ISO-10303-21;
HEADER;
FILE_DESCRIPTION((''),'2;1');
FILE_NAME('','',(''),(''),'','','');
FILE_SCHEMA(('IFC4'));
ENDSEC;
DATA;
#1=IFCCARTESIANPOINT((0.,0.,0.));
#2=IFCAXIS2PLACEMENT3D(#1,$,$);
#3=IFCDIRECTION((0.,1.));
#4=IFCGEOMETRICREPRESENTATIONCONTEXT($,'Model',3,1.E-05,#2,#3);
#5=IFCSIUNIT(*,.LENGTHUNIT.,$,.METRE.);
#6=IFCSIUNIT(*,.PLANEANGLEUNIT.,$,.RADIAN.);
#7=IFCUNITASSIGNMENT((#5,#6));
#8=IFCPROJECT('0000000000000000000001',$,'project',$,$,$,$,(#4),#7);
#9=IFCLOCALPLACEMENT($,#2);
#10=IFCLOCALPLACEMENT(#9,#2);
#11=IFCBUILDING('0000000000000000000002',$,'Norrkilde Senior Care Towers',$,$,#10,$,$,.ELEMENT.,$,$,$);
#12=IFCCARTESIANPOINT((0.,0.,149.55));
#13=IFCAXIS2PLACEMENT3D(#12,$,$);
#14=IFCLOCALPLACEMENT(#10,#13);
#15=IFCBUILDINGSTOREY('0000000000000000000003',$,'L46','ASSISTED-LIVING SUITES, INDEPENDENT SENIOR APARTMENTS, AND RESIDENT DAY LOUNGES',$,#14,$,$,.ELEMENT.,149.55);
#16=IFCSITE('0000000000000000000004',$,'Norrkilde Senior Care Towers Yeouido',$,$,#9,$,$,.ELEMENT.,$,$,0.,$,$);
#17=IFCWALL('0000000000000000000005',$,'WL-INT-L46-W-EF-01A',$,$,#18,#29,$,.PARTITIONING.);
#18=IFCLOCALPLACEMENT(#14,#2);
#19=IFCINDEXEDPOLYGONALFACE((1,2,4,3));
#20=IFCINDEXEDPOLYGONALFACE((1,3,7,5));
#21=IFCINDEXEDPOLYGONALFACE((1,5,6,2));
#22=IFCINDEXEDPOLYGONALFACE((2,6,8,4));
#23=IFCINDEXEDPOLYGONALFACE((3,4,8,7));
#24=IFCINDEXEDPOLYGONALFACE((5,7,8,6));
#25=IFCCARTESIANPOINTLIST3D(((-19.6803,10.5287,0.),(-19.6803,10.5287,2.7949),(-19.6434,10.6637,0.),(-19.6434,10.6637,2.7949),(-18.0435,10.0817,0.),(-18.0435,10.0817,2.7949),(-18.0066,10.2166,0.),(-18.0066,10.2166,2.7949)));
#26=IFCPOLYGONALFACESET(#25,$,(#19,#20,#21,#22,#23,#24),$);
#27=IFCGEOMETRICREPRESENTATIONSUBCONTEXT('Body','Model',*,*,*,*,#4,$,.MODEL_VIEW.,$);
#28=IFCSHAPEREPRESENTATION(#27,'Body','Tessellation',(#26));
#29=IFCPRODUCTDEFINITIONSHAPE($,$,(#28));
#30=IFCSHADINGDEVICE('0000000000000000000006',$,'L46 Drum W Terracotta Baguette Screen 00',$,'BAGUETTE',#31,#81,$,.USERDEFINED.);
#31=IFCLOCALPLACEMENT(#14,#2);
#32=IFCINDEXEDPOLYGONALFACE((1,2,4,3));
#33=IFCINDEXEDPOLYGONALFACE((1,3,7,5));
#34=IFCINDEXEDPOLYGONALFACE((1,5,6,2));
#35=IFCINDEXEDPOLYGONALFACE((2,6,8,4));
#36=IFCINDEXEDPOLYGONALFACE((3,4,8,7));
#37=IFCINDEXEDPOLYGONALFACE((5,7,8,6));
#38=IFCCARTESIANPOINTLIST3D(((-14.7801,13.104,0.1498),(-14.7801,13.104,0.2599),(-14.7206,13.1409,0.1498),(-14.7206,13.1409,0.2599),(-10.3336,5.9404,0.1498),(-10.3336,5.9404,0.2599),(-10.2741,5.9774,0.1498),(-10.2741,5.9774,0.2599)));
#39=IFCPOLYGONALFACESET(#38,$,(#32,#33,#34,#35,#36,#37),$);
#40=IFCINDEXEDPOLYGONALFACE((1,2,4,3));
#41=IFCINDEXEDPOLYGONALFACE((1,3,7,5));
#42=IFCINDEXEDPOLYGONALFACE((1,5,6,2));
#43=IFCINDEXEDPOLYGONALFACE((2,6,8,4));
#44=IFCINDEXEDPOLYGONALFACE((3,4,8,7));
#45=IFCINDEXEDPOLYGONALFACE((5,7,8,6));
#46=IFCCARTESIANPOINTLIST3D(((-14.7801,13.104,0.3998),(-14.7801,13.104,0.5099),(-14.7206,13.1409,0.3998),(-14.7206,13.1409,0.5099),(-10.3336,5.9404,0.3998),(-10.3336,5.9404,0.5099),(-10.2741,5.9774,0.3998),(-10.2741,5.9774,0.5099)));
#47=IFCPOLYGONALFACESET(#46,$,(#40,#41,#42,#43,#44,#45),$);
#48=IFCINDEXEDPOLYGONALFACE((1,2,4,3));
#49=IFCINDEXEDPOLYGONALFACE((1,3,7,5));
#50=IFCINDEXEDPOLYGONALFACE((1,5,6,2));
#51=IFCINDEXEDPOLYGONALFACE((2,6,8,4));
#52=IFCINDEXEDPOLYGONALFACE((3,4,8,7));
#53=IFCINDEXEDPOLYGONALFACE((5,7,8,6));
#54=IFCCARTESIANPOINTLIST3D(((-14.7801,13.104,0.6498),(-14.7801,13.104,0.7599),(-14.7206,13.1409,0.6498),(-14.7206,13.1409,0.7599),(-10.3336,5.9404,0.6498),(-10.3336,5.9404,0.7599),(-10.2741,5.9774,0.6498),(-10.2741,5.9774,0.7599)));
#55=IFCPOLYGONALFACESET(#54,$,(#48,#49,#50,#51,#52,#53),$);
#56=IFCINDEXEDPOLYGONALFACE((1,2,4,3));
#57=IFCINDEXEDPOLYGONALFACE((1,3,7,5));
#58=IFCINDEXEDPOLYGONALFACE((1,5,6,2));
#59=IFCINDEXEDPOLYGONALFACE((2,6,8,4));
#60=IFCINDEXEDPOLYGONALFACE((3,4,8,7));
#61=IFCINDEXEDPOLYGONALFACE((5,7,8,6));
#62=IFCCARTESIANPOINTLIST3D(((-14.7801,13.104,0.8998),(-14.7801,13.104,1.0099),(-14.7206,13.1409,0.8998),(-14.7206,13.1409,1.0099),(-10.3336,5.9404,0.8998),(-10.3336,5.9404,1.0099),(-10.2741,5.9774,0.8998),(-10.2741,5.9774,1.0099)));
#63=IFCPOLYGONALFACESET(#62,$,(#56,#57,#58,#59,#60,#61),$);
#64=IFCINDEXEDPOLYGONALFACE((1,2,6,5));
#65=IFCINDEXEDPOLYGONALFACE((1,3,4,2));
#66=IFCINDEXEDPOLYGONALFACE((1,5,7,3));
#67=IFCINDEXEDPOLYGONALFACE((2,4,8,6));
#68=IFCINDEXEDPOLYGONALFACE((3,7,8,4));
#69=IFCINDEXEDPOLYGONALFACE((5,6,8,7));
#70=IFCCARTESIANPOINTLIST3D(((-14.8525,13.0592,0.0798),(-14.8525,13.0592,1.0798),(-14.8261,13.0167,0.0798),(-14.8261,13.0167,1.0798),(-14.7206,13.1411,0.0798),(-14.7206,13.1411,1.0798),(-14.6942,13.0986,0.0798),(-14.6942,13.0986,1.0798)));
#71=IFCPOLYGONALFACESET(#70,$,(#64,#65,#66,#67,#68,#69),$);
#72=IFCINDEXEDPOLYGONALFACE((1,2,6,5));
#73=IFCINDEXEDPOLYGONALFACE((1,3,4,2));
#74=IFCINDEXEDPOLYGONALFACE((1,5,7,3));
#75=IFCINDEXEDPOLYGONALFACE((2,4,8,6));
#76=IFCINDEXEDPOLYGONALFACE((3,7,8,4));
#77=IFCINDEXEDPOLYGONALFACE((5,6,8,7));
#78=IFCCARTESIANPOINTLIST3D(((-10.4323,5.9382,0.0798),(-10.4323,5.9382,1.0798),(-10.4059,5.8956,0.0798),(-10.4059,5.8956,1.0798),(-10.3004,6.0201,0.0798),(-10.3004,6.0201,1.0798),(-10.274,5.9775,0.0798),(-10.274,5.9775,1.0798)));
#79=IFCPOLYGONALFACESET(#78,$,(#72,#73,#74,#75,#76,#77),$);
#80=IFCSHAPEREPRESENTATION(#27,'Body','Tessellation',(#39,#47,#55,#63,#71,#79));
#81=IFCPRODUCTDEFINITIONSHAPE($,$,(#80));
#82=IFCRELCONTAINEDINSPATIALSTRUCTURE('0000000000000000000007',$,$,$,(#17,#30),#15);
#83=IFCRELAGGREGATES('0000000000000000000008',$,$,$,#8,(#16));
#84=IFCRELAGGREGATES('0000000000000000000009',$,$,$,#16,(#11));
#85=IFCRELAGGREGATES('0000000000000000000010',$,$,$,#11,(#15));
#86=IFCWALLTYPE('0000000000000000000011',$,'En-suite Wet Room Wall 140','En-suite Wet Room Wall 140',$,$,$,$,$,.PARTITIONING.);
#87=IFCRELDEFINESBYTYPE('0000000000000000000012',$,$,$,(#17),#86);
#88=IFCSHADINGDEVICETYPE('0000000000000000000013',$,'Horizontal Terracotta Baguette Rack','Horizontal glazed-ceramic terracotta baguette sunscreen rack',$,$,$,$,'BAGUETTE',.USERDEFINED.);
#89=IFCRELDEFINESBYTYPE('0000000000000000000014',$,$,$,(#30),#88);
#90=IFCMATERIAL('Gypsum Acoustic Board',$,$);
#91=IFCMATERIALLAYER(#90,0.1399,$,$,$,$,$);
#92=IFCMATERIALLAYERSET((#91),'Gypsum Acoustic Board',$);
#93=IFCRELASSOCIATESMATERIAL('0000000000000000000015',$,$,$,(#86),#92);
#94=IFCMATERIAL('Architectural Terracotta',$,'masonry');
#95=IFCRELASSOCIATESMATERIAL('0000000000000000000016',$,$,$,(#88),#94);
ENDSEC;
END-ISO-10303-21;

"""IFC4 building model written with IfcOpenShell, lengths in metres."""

from ifc_helpers import new_model, si_unit, direction, frame, frame_2d, origin, origin_2d, place, context, subcontext, project, spatial, rectangle, extrude, source, transform, mapped, material, layer, layer_set, type_object, type_shapes, element, save


model = new_model("IFC4")

# Units and contexts
model_context = context("Model", 3, precision=1e-05, world=origin(), true_north=direction((0.0, 1.0)))
body_context = subcontext(model_context, "Body", "Model", "MODEL_VIEW")
ifc_project = project(units=[si_unit("LENGTHUNIT", "METRE"), si_unit("PLANEANGLEUNIT", "RADIAN")], contexts=[model_context])

# Site, building, storey
site_placement = place(None, origin())
site = spatial("IfcSite", under=ifc_project, at=site_placement, Name="Norrkilde Senior Care Towers Yeouido", CompositionType="ELEMENT", RefElevation=0.0)
building_placement = place(site_placement, origin())
building = spatial("IfcBuilding", under=site, at=building_placement, Name="Norrkilde Senior Care Towers", CompositionType="ELEMENT")
storey_placement = place(building_placement, frame((0.0, 0.0, 149.55)))
storey = spatial("IfcBuildingStorey", under=building, at=storey_placement, Name="L46", Description="ASSISTED-LIVING SUITES, INDEPENDENT SENIOR APARTMENTS, AND RESIDENT DAY LOUNGES", CompositionType="ELEMENT", Elevation=149.55)

# Shared definitions
ifc_material_1 = material(Name="Gypsum Acoustic Board")

# Shared definitions
ifc_layer_1 = layer(ifc_material_1, 0.1399)
ifc_layer_set_1 = layer_set([ifc_layer_1], Name="Gypsum Acoustic Board")
wall_type_1 = type_object("IfcWallType", Name="En-suite Wet Room Wall 140", Description="En-suite Wet Room Wall 140", PredefinedType="PARTITIONING", material=ifc_layer_set_1)

# Wall
shared_shape_1 = source(origin(), body_context, "Body", "SweptSolid", [
    extrude(rectangle(XDim=1.6968, YDim=0.1399, at=frame_2d((0.8484, 0.0))), origin(), (0.0, 0.0, 1.0), 2.7949),
])
wall_1_placement = place(storey_placement, frame((-19.6619, 10.5962, 0.0), z_axis=(0.0, 0.0, 1.0), x_axis=(0.964667, -0.26347, 0.0)))
element("IfcWall", 1, at=wall_1_placement, inside=storey, type_object=wall_type_1, Name="WL-INT-L46-W-EF-01A", PredefinedType="PARTITIONING", context=body_context, shape_type="MappedRepresentation", body=[
    mapped(shared_shape_1, transform((0.0, 0.0, 0.0), x_axis=(1.0, 0.0, 0.0), y_axis=(0.0, 1.0, 0.0), z_axis=(0.0, 0.0, 1.0), scale=1.0)),
])

# Shading device
ifc_material_2 = material(Name="Architectural Terracotta", Category="masonry")
shading_device_type = type_object("IfcShadingDeviceType", Name="Horizontal Terracotta Baguette Rack", Description="Horizontal glazed-ceramic terracotta baguette sunscreen rack", ElementType="BAGUETTE", PredefinedType="USERDEFINED", material=ifc_material_2)
shared_shape_2 = source(origin(), body_context, "Body", "SweptSolid", [
    extrude(rectangle(XDim=0.0701, YDim=0.1101, at=origin_2d()), frame((0.0, 0.0901, 0.125), z_axis=(1.0, 0.0, 0.0), x_axis=(0.0, 1.0, 0.0)), (0.0, 0.0, 1.0), 8.4314),
    extrude(rectangle(XDim=0.0701, YDim=0.1101, at=origin_2d()), frame((0.0, 0.0901, 0.375), z_axis=(1.0, 0.0, 0.0), x_axis=(0.0, 1.0, 0.0)), (0.0, 0.0, 1.0), 8.4314),
    extrude(rectangle(XDim=0.0701, YDim=0.1101, at=origin_2d()), frame((0.0, 0.0901, 0.625), z_axis=(1.0, 0.0, 0.0), x_axis=(0.0, 1.0, 0.0)), (0.0, 0.0, 1.0), 8.4314),
    extrude(rectangle(XDim=0.0701, YDim=0.1101, at=origin_2d()), frame((0.0, 0.0901, 0.875), z_axis=(1.0, 0.0, 0.0), x_axis=(0.0, 1.0, 0.0)), (0.0, 0.0, 1.0), 8.4314),
    extrude(rectangle(XDim=0.05, YDim=0.1553, at=origin_2d()), frame((0.0249, 0.0476, 0.0)), (0.0, 0.0, 1.0), 1.0),
    extrude(rectangle(XDim=0.05, YDim=0.1553, at=origin_2d()), frame((8.4062, 0.0476, 0.0)), (0.0, 0.0, 1.0), 1.0),
])
type_shapes(shading_device_type, [shared_shape_2])
shading_device_placement = place(storey_placement, frame((-14.8269, 13.075, 0.0798), z_axis=(0.0, 0.0, 1.0), x_axis=(0.527378, -0.849631, 0.0)))
element("IfcShadingDevice", 2, at=shading_device_placement, inside=storey, type_object=shading_device_type, Name="L46 Drum W Terracotta Baguette Screen 00", ObjectType="BAGUETTE", PredefinedType="USERDEFINED", context=body_context, shape_type="MappedRepresentation", body=[
    mapped(shared_shape_2, transform((0.0, 0.0, 0.0), x_axis=(1.0, 0.0, 0.0), y_axis=(0.0, 1.0, 0.0), z_axis=(0.0, 0.0, 1.0), scale=1.0)),
])

save(model, "model.ifc")
